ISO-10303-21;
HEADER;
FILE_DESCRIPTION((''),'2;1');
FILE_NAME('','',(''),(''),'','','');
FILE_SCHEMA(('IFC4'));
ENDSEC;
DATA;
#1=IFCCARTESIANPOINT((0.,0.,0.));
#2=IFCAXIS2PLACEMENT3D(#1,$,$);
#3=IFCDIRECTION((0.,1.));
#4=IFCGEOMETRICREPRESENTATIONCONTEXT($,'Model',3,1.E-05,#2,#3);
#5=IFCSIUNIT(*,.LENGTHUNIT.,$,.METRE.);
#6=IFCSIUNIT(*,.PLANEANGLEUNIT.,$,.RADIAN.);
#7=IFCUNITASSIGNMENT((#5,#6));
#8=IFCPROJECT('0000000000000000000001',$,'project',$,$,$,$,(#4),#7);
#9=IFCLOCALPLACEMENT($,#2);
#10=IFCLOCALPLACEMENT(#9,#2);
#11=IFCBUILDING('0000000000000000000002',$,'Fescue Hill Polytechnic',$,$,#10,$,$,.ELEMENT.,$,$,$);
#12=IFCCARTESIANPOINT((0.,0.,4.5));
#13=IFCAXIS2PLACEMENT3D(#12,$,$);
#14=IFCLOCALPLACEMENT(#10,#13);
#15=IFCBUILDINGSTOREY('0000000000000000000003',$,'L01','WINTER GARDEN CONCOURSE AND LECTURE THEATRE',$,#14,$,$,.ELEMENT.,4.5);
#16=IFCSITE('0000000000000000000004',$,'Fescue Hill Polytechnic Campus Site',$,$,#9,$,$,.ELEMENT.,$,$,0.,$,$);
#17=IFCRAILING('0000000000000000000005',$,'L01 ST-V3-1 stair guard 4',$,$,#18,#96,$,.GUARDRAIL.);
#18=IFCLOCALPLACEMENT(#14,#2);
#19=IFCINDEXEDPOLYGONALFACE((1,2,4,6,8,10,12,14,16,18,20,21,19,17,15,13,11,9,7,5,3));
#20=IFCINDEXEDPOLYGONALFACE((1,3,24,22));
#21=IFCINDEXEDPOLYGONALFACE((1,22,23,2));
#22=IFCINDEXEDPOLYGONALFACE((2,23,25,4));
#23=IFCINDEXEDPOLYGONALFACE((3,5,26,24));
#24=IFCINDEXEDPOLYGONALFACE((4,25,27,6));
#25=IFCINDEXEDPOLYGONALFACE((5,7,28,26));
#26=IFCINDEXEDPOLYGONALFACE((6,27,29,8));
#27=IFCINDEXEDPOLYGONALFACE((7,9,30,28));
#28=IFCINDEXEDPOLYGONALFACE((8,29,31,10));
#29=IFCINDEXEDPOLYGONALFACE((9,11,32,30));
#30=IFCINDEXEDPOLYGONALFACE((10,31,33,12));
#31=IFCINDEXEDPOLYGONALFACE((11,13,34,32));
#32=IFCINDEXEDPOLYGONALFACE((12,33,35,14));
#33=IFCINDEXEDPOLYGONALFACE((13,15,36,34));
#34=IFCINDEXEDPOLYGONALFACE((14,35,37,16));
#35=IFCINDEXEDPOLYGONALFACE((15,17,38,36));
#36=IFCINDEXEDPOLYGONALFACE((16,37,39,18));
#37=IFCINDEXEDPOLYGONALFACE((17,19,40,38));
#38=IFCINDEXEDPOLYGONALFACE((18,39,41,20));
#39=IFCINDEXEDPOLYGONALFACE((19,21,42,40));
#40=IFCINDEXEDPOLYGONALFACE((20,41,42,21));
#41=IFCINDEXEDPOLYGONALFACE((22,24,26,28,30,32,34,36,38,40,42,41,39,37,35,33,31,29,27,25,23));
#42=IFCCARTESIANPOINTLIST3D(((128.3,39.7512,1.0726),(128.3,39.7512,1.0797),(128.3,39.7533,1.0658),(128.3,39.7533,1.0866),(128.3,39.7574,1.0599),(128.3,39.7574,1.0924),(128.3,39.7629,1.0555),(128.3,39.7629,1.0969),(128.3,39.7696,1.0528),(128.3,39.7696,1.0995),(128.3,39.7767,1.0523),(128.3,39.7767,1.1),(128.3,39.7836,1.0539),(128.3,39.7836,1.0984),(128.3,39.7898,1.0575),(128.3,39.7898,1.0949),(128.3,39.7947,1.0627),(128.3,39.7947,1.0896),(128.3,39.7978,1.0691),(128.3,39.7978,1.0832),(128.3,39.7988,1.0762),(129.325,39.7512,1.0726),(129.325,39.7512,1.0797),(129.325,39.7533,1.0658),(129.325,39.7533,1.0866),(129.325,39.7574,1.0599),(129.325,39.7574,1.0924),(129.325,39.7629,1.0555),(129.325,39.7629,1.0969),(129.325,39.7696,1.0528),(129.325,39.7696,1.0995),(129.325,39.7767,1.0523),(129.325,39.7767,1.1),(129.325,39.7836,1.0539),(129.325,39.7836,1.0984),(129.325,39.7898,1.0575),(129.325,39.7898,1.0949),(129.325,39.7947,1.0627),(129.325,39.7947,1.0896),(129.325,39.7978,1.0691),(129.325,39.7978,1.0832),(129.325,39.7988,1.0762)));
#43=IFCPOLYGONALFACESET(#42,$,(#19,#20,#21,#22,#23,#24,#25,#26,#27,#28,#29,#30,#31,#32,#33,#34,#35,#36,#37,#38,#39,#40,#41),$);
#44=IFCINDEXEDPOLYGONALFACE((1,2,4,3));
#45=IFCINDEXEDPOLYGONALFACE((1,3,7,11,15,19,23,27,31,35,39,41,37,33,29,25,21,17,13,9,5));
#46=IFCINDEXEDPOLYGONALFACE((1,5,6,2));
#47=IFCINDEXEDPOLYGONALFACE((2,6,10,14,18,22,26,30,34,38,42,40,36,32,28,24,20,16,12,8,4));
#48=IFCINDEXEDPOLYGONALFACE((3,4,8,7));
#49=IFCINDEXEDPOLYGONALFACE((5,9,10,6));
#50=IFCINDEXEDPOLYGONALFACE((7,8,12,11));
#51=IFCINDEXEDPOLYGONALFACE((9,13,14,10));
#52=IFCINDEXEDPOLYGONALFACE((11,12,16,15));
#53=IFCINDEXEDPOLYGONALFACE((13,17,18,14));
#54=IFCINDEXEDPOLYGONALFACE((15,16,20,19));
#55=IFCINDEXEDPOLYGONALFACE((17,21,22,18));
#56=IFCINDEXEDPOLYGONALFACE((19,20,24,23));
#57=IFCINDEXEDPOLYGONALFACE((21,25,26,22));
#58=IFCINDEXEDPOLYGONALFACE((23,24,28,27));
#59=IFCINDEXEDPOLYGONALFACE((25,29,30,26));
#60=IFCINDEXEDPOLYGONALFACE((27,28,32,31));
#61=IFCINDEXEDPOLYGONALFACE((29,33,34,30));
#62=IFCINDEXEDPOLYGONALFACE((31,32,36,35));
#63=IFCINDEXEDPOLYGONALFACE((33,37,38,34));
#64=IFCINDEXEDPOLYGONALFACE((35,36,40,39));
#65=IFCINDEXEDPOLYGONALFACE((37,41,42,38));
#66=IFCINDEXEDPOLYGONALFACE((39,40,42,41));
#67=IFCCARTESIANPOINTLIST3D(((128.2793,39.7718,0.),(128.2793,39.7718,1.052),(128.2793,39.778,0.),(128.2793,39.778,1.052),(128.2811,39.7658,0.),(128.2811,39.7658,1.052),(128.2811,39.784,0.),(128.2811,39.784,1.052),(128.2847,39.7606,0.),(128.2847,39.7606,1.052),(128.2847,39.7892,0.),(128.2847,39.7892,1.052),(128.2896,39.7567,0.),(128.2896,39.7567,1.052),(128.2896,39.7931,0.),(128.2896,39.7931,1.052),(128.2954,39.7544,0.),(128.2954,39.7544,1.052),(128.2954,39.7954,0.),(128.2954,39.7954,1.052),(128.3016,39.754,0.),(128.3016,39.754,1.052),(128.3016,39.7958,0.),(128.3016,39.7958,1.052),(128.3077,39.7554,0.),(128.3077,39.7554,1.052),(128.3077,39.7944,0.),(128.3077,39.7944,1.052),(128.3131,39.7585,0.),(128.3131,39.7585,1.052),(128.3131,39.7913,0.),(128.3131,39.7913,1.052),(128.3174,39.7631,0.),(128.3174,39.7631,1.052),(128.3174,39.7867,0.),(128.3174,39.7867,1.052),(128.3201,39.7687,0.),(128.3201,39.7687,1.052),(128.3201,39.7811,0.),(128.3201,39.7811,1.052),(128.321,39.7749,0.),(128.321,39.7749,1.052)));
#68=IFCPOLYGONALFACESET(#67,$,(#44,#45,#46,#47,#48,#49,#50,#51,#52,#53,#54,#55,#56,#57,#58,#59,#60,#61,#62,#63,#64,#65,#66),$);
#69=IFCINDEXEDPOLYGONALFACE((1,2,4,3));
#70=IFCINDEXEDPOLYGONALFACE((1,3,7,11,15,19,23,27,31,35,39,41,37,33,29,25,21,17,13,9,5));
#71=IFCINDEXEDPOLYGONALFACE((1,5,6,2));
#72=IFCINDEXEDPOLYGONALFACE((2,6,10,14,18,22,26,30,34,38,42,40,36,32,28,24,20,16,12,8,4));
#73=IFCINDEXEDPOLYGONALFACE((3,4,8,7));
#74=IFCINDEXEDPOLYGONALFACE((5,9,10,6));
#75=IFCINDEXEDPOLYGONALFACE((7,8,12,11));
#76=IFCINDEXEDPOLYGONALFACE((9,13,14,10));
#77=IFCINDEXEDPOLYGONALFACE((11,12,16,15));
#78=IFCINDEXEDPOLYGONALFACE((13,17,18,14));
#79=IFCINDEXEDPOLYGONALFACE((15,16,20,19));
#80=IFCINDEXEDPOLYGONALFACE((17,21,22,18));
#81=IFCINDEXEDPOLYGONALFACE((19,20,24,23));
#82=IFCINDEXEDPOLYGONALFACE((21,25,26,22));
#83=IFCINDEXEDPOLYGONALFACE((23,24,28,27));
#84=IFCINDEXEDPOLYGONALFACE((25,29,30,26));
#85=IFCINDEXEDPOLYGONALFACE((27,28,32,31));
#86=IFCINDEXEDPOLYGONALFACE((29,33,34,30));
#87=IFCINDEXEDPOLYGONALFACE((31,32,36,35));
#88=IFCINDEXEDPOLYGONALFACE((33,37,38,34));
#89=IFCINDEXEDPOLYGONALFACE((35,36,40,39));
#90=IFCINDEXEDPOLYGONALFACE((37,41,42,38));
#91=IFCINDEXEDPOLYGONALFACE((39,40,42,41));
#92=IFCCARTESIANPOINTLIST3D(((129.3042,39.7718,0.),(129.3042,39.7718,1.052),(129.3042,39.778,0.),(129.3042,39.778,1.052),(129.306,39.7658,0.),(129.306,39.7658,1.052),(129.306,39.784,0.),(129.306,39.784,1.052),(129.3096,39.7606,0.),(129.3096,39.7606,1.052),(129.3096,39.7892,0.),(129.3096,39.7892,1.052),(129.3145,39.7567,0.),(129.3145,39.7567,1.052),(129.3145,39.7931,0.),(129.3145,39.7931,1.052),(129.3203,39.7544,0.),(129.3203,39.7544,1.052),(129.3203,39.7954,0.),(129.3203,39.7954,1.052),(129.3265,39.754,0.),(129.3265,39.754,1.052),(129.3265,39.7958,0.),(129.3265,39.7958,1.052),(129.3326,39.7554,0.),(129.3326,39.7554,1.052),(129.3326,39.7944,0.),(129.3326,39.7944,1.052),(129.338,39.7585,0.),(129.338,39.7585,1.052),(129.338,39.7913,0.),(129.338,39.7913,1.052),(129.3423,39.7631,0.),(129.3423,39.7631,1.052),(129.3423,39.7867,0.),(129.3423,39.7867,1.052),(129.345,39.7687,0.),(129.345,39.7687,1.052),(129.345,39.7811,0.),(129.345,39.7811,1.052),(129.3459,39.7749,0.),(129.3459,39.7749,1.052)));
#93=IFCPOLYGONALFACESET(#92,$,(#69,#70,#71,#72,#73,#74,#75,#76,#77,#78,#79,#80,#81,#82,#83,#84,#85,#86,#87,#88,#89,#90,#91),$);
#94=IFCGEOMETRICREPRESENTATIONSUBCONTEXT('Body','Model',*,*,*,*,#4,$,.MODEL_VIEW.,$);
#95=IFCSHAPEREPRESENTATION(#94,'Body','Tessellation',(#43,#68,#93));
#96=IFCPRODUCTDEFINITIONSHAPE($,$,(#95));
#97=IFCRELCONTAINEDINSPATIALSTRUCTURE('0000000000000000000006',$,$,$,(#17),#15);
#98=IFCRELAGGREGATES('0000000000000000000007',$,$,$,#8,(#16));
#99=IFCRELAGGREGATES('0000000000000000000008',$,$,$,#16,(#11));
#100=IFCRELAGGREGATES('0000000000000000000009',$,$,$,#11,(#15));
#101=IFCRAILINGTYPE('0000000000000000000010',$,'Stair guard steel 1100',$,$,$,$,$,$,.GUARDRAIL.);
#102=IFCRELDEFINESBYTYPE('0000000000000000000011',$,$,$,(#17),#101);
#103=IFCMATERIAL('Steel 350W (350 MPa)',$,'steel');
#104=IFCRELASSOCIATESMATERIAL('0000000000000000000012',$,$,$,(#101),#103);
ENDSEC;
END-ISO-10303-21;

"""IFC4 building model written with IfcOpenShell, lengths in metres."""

from ifc_helpers import new_model, si_unit, direction, frame, origin, origin_2d, place, context, subcontext, project, spatial, circle, extrude, material, type_object, element, save


model = new_model("IFC4")

# Units and contexts
model_context = context("Model", 3, precision=1e-05, world=origin(), true_north=direction((0.0, 1.0)))
body_context = subcontext(model_context, "Body", "Model", "MODEL_VIEW")
ifc_project = project(units=[si_unit("LENGTHUNIT", "METRE"), si_unit("PLANEANGLEUNIT", "RADIAN")], contexts=[model_context])

# Site, building, storey
site_placement = place(None, origin())
site = spatial("IfcSite", under=ifc_project, at=site_placement, Name="Fescue Hill Polytechnic Campus Site", CompositionType="ELEMENT", RefElevation=0.0)
building_placement = place(site_placement, origin())
building = spatial("IfcBuilding", under=site, at=building_placement, Name="Fescue Hill Polytechnic", CompositionType="ELEMENT")
storey_placement = place(building_placement, frame((0.0, 0.0, 4.5)))
storey = spatial("IfcBuildingStorey", under=building, at=storey_placement, Name="L01", Description="WINTER GARDEN CONCOURSE AND LECTURE THEATRE", CompositionType="ELEMENT", Elevation=4.5)

# Railing
ifc_material_1 = material(Name="Steel 350W (350 MPa)", Category="steel")
railing_type_1 = type_object("IfcRailingType", Name="Stair guard steel 1100", PredefinedType="GUARDRAIL", material=ifc_material_1)
railing_1_placement = place(storey_placement, frame((128.3, 39.7749, 0.0)))
element("IfcRailing", 1, at=railing_1_placement, inside=storey, type_object=railing_type_1, Name="L01 ST-V3-1 stair guard 4", PredefinedType="GUARDRAIL", context=body_context, shape_type="SweptSolid", body=[
    extrude(circle(Radius=0.0239, at=origin_2d()), frame((0.0, 0.0, 1.0762), z_axis=(1.0, 0.0, 0.0), x_axis=(0.0, 1.0, 0.0)), (0.0, 0.0, 1.0), 1.0249),
    extrude(circle(Radius=0.021, at=origin_2d()), origin(), (0.0, 0.0, 1.0), 1.052),
    extrude(circle(Radius=0.021, at=origin_2d()), frame((1.0249, 0.0, 0.0)), (0.0, 0.0, 1.0), 1.052),
])

save(model, "model.ifc")
